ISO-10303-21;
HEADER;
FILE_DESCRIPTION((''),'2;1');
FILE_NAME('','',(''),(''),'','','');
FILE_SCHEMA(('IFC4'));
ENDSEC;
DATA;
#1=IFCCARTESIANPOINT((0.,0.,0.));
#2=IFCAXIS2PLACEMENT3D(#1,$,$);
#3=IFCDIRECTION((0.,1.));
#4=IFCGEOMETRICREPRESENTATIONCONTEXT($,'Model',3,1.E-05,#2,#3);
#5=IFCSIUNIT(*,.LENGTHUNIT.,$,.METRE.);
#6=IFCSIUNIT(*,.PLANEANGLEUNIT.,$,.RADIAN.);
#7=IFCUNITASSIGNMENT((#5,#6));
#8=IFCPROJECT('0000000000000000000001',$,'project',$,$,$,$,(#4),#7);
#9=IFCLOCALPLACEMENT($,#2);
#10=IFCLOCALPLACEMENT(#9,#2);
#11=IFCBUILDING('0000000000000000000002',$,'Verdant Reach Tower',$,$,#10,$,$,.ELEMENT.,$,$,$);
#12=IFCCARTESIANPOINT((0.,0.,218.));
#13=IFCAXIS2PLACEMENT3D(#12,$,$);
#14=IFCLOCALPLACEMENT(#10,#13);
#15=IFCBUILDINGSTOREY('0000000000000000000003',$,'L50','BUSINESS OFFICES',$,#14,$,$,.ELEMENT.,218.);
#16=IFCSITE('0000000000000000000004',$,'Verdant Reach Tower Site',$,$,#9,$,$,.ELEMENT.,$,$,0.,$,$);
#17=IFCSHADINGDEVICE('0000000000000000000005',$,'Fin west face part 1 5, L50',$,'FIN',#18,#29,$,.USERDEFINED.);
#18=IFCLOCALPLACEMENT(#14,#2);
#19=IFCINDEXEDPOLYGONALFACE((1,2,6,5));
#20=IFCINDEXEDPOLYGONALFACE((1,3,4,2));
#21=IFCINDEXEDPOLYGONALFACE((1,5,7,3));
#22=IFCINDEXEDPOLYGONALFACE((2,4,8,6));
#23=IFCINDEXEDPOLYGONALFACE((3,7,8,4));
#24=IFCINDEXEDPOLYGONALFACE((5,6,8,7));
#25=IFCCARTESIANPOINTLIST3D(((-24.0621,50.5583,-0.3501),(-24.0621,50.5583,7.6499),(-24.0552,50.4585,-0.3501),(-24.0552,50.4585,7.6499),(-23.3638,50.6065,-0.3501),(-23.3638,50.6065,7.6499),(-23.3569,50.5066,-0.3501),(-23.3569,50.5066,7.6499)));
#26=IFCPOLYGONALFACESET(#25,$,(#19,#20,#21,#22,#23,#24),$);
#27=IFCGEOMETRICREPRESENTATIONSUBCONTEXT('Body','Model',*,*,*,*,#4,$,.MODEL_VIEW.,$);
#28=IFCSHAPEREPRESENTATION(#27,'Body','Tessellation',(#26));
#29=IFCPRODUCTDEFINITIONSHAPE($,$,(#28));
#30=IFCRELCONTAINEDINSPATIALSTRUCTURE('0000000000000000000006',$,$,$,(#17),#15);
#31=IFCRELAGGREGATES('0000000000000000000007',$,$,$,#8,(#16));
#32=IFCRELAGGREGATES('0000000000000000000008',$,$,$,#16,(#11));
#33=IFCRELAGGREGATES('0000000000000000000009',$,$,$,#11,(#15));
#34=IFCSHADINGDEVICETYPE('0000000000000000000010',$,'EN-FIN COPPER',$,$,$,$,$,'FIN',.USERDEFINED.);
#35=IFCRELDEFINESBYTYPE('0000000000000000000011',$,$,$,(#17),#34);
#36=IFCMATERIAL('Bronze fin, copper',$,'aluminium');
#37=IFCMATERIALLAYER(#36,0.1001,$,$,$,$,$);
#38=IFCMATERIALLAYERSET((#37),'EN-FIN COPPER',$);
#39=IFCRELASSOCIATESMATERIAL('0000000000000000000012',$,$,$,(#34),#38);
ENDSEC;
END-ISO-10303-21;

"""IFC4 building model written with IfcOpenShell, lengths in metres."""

from ifc_helpers import new_model, si_unit, direction, frame, origin, origin_2d, place, context, subcontext, project, spatial, rectangle, extrude, material, layer, layer_set, type_object, element, save


model = new_model("IFC4")

# Units and contexts
model_context = context("Model", 3, precision=1e-05, world=origin(), true_north=direction((0.0, 1.0)))
body_context = subcontext(model_context, "Body", "Model", "MODEL_VIEW")
ifc_project = project(units=[si_unit("LENGTHUNIT", "METRE"), si_unit("PLANEANGLEUNIT", "RADIAN")], contexts=[model_context])

# Site, building, storey
site_placement = place(None, origin())
site = spatial("IfcSite", under=ifc_project, at=site_placement, Name="Verdant Reach Tower Site", CompositionType="ELEMENT", RefElevation=0.0)
building_placement = place(site_placement, origin())
building = spatial("IfcBuilding", under=site, at=building_placement, Name="Verdant Reach Tower", CompositionType="ELEMENT")
storey_placement = place(building_placement, frame((0.0, 0.0, 218.0)))
storey = spatial("IfcBuildingStorey", under=building, at=storey_placement, Name="L50", Description="BUSINESS OFFICES", CompositionType="ELEMENT", Elevation=218.0)

# Shading device
ifc_material_1 = material(Name="Bronze fin, copper", Category="aluminium")
ifc_layer_1 = layer(ifc_material_1, 0.1001)
ifc_layer_set_1 = layer_set([ifc_layer_1], Name="EN-FIN COPPER")
shading_device_type_1 = type_object("IfcShadingDeviceType", Name="EN-FIN COPPER", ElementType="FIN", PredefinedType="USERDEFINED", material=ifc_layer_set_1)
shading_device_placement = place(storey_placement, frame((-23.7095, 50.5325, -0.3501), z_axis=(0.0, 0.0, 1.0), x_axis=(0.068802, -0.99763, 0.0)))
element("IfcShadingDevice", 1, at=shading_device_placement, inside=storey, type_object=shading_device_type_1, Name="Fin west face part 1 5, L50", ObjectType="FIN", PredefinedType="USERDEFINED", context=body_context, shape_type="SweptSolid", body=[
    extrude(rectangle(XDim=0.1001, YDim=0.7, at=origin_2d()), origin(), (0.0, 0.0, 1.0), 8.0),
])

save(model, "model.ifc")
